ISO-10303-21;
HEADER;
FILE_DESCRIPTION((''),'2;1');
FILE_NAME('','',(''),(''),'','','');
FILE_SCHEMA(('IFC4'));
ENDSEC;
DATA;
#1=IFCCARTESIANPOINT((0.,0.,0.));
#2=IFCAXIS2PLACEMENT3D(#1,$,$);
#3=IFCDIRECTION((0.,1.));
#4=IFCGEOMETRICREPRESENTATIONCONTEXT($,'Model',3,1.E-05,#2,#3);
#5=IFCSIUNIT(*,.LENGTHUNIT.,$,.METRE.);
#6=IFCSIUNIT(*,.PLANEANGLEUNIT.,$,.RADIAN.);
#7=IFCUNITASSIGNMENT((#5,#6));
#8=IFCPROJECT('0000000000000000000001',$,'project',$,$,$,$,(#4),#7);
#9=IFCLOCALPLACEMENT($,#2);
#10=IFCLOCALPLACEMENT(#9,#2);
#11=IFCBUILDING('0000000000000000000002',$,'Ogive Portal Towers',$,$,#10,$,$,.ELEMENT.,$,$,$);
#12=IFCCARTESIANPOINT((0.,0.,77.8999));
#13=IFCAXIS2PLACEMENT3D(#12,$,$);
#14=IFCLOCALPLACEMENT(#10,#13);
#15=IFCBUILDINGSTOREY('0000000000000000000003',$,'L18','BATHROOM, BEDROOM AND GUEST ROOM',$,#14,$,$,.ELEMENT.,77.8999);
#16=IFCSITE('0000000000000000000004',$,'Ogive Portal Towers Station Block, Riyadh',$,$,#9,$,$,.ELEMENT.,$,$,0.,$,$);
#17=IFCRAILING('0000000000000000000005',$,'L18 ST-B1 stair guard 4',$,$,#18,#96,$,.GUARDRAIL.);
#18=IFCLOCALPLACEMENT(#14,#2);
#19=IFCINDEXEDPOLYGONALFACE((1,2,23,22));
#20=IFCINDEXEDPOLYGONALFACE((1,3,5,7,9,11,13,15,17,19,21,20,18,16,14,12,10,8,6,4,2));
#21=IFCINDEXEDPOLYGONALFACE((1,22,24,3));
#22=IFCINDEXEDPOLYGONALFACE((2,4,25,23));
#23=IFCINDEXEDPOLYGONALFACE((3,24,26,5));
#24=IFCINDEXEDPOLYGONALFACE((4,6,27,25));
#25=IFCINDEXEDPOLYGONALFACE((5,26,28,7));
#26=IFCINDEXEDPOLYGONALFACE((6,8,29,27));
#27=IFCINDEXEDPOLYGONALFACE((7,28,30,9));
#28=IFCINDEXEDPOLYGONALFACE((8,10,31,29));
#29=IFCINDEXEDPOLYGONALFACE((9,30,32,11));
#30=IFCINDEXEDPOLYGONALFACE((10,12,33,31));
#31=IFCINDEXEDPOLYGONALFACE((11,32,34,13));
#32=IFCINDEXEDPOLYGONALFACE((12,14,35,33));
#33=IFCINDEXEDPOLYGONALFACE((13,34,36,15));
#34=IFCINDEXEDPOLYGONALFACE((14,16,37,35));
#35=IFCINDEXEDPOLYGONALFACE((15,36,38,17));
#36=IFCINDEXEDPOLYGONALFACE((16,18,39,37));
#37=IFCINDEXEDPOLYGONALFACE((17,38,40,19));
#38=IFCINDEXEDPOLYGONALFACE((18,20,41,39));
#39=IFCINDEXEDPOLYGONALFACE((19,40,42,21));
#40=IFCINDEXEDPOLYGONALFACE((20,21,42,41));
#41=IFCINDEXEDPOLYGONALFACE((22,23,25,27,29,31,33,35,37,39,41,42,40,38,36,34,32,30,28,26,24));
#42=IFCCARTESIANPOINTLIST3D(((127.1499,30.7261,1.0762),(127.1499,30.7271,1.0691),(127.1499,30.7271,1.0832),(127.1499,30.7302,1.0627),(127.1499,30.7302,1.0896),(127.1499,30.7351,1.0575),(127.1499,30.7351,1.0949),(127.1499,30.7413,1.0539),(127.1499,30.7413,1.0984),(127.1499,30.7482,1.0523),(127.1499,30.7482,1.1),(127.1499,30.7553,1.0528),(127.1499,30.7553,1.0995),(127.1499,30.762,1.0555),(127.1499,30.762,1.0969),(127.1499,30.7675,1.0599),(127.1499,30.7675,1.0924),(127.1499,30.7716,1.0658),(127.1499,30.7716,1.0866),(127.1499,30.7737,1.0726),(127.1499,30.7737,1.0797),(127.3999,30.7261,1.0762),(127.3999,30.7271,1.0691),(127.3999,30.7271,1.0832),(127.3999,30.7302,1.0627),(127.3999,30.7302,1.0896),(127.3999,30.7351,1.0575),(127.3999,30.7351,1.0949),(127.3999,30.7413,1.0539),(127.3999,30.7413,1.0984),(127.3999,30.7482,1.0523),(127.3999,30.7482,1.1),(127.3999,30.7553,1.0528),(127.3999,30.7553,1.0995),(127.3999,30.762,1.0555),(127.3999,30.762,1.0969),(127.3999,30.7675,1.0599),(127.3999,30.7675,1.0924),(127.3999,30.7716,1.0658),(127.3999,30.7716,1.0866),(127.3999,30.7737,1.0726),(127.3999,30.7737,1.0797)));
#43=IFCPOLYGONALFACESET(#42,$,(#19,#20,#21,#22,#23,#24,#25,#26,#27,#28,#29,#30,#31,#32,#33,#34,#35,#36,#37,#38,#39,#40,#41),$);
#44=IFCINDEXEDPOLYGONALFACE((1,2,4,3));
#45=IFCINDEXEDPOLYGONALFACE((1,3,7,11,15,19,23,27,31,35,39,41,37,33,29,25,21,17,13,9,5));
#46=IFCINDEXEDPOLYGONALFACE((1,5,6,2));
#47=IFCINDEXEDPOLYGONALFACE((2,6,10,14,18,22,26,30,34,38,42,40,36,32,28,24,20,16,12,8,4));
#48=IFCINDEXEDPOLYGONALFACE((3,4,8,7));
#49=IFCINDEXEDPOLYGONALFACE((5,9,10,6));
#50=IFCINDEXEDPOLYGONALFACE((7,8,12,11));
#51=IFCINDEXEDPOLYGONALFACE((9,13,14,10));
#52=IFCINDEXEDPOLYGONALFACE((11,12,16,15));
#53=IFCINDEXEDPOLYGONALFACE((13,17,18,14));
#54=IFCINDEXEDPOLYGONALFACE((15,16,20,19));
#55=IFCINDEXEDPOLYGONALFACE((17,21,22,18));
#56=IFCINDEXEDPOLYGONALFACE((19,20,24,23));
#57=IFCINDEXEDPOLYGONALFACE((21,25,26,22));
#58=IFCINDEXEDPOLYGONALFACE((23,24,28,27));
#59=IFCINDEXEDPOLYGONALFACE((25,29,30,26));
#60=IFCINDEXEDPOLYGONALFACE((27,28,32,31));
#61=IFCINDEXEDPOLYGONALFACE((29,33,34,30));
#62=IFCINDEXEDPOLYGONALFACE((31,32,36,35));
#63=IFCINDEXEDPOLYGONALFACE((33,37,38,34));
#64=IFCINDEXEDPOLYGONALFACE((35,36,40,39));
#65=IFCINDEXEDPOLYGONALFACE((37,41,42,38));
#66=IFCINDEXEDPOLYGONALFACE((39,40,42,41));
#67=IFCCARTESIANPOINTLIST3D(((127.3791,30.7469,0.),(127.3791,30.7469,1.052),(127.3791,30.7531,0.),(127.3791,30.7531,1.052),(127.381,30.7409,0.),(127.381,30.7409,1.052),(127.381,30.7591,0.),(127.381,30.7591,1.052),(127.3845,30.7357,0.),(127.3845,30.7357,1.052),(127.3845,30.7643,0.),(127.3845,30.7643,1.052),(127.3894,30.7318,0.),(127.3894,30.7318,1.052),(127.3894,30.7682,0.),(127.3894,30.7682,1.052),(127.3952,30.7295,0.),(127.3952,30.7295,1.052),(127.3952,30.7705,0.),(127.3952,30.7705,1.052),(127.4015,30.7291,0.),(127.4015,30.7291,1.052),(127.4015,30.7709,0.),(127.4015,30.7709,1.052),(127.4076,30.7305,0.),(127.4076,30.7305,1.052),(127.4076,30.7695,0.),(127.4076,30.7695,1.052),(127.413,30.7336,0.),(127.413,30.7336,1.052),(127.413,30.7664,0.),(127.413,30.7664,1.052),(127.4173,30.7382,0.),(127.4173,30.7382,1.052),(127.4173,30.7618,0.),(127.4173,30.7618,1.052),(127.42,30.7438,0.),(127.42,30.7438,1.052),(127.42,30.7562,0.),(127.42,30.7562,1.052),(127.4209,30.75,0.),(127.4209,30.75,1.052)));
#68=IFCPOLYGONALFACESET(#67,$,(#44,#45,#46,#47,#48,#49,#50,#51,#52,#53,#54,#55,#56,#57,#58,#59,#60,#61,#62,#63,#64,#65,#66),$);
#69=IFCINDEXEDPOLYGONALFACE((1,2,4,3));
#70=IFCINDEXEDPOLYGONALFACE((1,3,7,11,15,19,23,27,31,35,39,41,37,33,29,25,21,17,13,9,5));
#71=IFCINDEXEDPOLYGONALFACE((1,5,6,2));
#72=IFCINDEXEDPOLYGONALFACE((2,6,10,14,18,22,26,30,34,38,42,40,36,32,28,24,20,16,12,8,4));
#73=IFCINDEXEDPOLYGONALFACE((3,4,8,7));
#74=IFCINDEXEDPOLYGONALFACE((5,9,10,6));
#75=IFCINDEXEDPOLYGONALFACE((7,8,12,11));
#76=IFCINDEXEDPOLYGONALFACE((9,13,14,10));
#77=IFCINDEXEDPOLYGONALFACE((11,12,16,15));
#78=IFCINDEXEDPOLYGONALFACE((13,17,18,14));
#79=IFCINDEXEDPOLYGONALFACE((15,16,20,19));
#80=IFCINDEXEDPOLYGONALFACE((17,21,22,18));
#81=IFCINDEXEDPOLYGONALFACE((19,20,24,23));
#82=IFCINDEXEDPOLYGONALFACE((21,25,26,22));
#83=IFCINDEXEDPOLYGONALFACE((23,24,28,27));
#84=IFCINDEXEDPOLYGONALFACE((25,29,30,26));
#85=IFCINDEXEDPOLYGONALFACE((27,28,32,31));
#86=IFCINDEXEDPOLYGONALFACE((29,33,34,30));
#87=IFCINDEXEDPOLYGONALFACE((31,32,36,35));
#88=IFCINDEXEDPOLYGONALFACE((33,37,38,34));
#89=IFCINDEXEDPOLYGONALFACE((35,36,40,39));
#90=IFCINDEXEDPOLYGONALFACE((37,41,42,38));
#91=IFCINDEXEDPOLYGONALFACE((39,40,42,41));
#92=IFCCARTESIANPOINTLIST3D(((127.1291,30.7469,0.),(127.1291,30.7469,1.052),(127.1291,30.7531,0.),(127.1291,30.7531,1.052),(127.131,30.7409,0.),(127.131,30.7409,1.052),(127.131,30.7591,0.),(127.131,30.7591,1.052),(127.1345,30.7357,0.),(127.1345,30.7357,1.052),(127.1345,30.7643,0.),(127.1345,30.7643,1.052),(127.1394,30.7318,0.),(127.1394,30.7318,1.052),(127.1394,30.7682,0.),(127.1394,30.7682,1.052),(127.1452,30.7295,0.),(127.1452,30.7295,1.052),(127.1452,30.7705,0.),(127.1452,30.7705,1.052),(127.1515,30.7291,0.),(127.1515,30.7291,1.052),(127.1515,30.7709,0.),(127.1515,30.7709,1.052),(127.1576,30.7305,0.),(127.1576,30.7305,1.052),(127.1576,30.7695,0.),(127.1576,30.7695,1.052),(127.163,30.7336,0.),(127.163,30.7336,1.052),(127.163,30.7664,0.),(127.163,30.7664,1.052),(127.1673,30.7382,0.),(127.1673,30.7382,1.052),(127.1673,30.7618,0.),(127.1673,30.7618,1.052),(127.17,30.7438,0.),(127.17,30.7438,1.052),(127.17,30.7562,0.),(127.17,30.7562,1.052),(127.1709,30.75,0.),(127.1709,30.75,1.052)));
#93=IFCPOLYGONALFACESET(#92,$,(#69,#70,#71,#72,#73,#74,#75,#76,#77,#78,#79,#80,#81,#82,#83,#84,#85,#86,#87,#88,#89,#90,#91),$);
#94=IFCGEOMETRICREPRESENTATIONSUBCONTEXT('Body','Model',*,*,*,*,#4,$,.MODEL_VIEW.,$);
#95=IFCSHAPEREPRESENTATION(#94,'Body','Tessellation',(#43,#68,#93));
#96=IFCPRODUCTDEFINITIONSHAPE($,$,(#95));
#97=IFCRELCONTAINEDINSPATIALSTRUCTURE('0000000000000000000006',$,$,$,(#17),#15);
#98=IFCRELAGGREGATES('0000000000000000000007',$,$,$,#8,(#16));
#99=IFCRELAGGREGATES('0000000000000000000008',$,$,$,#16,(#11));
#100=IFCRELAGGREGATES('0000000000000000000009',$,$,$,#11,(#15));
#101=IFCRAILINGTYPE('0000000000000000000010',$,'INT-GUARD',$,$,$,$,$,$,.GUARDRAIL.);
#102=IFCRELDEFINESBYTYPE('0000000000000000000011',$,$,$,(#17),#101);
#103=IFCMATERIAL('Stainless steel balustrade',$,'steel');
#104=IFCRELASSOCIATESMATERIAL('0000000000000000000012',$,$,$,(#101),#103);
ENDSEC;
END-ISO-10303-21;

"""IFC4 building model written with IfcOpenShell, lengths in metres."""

from ifc_helpers import new_model, si_unit, direction, frame, origin, origin_2d, place, context, subcontext, project, spatial, circle, extrude, material, type_object, element, save


model = new_model("IFC4")

# Units and contexts
model_context = context("Model", 3, precision=1e-05, world=origin(), true_north=direction((0.0, 1.0)))
body_context = subcontext(model_context, "Body", "Model", "MODEL_VIEW")
ifc_project = project(units=[si_unit("LENGTHUNIT", "METRE"), si_unit("PLANEANGLEUNIT", "RADIAN")], contexts=[model_context])

# Site, building, storey
site_placement = place(None, origin())
site = spatial("IfcSite", under=ifc_project, at=site_placement, Name="Ogive Portal Towers Station Block, Riyadh", CompositionType="ELEMENT", RefElevation=0.0)
building_placement = place(site_placement, origin())
building = spatial("IfcBuilding", under=site, at=building_placement, Name="Ogive Portal Towers", CompositionType="ELEMENT")
storey_placement = place(building_placement, frame((0.0, 0.0, 77.8999)))
storey = spatial("IfcBuildingStorey", under=building, at=storey_placement, Name="L18", Description="BATHROOM, BEDROOM AND GUEST ROOM", CompositionType="ELEMENT", Elevation=77.8999)

# Railing
ifc_material_1 = material(Name="Stainless steel balustrade", Category="steel")
railing_type_1 = type_object("IfcRailingType", Name="INT-GUARD", PredefinedType="GUARDRAIL", material=ifc_material_1)
railing_1_placement = place(storey_placement, frame((127.3999, 30.75, 0.0)))
element("IfcRailing", 1, at=railing_1_placement, inside=storey, type_object=railing_type_1, Name="L18 ST-B1 stair guard 4", PredefinedType="GUARDRAIL", context=body_context, shape_type="SweptSolid", body=[
    extrude(circle(Radius=0.0239, at=origin_2d()), frame((0.0, 0.0, 1.0762), z_axis=(-1.0, 0.0, 0.0), x_axis=(0.0, -1.0, 0.0)), (0.0, 0.0, 1.0), 0.25),
    extrude(circle(Radius=0.021, at=origin_2d()), origin(), (0.0, 0.0, 1.0), 1.052),
    extrude(circle(Radius=0.021, at=origin_2d()), frame((-0.25, 0.0, 0.0)), (0.0, 0.0, 1.0), 1.052),
])

save(model, "model.ifc")
